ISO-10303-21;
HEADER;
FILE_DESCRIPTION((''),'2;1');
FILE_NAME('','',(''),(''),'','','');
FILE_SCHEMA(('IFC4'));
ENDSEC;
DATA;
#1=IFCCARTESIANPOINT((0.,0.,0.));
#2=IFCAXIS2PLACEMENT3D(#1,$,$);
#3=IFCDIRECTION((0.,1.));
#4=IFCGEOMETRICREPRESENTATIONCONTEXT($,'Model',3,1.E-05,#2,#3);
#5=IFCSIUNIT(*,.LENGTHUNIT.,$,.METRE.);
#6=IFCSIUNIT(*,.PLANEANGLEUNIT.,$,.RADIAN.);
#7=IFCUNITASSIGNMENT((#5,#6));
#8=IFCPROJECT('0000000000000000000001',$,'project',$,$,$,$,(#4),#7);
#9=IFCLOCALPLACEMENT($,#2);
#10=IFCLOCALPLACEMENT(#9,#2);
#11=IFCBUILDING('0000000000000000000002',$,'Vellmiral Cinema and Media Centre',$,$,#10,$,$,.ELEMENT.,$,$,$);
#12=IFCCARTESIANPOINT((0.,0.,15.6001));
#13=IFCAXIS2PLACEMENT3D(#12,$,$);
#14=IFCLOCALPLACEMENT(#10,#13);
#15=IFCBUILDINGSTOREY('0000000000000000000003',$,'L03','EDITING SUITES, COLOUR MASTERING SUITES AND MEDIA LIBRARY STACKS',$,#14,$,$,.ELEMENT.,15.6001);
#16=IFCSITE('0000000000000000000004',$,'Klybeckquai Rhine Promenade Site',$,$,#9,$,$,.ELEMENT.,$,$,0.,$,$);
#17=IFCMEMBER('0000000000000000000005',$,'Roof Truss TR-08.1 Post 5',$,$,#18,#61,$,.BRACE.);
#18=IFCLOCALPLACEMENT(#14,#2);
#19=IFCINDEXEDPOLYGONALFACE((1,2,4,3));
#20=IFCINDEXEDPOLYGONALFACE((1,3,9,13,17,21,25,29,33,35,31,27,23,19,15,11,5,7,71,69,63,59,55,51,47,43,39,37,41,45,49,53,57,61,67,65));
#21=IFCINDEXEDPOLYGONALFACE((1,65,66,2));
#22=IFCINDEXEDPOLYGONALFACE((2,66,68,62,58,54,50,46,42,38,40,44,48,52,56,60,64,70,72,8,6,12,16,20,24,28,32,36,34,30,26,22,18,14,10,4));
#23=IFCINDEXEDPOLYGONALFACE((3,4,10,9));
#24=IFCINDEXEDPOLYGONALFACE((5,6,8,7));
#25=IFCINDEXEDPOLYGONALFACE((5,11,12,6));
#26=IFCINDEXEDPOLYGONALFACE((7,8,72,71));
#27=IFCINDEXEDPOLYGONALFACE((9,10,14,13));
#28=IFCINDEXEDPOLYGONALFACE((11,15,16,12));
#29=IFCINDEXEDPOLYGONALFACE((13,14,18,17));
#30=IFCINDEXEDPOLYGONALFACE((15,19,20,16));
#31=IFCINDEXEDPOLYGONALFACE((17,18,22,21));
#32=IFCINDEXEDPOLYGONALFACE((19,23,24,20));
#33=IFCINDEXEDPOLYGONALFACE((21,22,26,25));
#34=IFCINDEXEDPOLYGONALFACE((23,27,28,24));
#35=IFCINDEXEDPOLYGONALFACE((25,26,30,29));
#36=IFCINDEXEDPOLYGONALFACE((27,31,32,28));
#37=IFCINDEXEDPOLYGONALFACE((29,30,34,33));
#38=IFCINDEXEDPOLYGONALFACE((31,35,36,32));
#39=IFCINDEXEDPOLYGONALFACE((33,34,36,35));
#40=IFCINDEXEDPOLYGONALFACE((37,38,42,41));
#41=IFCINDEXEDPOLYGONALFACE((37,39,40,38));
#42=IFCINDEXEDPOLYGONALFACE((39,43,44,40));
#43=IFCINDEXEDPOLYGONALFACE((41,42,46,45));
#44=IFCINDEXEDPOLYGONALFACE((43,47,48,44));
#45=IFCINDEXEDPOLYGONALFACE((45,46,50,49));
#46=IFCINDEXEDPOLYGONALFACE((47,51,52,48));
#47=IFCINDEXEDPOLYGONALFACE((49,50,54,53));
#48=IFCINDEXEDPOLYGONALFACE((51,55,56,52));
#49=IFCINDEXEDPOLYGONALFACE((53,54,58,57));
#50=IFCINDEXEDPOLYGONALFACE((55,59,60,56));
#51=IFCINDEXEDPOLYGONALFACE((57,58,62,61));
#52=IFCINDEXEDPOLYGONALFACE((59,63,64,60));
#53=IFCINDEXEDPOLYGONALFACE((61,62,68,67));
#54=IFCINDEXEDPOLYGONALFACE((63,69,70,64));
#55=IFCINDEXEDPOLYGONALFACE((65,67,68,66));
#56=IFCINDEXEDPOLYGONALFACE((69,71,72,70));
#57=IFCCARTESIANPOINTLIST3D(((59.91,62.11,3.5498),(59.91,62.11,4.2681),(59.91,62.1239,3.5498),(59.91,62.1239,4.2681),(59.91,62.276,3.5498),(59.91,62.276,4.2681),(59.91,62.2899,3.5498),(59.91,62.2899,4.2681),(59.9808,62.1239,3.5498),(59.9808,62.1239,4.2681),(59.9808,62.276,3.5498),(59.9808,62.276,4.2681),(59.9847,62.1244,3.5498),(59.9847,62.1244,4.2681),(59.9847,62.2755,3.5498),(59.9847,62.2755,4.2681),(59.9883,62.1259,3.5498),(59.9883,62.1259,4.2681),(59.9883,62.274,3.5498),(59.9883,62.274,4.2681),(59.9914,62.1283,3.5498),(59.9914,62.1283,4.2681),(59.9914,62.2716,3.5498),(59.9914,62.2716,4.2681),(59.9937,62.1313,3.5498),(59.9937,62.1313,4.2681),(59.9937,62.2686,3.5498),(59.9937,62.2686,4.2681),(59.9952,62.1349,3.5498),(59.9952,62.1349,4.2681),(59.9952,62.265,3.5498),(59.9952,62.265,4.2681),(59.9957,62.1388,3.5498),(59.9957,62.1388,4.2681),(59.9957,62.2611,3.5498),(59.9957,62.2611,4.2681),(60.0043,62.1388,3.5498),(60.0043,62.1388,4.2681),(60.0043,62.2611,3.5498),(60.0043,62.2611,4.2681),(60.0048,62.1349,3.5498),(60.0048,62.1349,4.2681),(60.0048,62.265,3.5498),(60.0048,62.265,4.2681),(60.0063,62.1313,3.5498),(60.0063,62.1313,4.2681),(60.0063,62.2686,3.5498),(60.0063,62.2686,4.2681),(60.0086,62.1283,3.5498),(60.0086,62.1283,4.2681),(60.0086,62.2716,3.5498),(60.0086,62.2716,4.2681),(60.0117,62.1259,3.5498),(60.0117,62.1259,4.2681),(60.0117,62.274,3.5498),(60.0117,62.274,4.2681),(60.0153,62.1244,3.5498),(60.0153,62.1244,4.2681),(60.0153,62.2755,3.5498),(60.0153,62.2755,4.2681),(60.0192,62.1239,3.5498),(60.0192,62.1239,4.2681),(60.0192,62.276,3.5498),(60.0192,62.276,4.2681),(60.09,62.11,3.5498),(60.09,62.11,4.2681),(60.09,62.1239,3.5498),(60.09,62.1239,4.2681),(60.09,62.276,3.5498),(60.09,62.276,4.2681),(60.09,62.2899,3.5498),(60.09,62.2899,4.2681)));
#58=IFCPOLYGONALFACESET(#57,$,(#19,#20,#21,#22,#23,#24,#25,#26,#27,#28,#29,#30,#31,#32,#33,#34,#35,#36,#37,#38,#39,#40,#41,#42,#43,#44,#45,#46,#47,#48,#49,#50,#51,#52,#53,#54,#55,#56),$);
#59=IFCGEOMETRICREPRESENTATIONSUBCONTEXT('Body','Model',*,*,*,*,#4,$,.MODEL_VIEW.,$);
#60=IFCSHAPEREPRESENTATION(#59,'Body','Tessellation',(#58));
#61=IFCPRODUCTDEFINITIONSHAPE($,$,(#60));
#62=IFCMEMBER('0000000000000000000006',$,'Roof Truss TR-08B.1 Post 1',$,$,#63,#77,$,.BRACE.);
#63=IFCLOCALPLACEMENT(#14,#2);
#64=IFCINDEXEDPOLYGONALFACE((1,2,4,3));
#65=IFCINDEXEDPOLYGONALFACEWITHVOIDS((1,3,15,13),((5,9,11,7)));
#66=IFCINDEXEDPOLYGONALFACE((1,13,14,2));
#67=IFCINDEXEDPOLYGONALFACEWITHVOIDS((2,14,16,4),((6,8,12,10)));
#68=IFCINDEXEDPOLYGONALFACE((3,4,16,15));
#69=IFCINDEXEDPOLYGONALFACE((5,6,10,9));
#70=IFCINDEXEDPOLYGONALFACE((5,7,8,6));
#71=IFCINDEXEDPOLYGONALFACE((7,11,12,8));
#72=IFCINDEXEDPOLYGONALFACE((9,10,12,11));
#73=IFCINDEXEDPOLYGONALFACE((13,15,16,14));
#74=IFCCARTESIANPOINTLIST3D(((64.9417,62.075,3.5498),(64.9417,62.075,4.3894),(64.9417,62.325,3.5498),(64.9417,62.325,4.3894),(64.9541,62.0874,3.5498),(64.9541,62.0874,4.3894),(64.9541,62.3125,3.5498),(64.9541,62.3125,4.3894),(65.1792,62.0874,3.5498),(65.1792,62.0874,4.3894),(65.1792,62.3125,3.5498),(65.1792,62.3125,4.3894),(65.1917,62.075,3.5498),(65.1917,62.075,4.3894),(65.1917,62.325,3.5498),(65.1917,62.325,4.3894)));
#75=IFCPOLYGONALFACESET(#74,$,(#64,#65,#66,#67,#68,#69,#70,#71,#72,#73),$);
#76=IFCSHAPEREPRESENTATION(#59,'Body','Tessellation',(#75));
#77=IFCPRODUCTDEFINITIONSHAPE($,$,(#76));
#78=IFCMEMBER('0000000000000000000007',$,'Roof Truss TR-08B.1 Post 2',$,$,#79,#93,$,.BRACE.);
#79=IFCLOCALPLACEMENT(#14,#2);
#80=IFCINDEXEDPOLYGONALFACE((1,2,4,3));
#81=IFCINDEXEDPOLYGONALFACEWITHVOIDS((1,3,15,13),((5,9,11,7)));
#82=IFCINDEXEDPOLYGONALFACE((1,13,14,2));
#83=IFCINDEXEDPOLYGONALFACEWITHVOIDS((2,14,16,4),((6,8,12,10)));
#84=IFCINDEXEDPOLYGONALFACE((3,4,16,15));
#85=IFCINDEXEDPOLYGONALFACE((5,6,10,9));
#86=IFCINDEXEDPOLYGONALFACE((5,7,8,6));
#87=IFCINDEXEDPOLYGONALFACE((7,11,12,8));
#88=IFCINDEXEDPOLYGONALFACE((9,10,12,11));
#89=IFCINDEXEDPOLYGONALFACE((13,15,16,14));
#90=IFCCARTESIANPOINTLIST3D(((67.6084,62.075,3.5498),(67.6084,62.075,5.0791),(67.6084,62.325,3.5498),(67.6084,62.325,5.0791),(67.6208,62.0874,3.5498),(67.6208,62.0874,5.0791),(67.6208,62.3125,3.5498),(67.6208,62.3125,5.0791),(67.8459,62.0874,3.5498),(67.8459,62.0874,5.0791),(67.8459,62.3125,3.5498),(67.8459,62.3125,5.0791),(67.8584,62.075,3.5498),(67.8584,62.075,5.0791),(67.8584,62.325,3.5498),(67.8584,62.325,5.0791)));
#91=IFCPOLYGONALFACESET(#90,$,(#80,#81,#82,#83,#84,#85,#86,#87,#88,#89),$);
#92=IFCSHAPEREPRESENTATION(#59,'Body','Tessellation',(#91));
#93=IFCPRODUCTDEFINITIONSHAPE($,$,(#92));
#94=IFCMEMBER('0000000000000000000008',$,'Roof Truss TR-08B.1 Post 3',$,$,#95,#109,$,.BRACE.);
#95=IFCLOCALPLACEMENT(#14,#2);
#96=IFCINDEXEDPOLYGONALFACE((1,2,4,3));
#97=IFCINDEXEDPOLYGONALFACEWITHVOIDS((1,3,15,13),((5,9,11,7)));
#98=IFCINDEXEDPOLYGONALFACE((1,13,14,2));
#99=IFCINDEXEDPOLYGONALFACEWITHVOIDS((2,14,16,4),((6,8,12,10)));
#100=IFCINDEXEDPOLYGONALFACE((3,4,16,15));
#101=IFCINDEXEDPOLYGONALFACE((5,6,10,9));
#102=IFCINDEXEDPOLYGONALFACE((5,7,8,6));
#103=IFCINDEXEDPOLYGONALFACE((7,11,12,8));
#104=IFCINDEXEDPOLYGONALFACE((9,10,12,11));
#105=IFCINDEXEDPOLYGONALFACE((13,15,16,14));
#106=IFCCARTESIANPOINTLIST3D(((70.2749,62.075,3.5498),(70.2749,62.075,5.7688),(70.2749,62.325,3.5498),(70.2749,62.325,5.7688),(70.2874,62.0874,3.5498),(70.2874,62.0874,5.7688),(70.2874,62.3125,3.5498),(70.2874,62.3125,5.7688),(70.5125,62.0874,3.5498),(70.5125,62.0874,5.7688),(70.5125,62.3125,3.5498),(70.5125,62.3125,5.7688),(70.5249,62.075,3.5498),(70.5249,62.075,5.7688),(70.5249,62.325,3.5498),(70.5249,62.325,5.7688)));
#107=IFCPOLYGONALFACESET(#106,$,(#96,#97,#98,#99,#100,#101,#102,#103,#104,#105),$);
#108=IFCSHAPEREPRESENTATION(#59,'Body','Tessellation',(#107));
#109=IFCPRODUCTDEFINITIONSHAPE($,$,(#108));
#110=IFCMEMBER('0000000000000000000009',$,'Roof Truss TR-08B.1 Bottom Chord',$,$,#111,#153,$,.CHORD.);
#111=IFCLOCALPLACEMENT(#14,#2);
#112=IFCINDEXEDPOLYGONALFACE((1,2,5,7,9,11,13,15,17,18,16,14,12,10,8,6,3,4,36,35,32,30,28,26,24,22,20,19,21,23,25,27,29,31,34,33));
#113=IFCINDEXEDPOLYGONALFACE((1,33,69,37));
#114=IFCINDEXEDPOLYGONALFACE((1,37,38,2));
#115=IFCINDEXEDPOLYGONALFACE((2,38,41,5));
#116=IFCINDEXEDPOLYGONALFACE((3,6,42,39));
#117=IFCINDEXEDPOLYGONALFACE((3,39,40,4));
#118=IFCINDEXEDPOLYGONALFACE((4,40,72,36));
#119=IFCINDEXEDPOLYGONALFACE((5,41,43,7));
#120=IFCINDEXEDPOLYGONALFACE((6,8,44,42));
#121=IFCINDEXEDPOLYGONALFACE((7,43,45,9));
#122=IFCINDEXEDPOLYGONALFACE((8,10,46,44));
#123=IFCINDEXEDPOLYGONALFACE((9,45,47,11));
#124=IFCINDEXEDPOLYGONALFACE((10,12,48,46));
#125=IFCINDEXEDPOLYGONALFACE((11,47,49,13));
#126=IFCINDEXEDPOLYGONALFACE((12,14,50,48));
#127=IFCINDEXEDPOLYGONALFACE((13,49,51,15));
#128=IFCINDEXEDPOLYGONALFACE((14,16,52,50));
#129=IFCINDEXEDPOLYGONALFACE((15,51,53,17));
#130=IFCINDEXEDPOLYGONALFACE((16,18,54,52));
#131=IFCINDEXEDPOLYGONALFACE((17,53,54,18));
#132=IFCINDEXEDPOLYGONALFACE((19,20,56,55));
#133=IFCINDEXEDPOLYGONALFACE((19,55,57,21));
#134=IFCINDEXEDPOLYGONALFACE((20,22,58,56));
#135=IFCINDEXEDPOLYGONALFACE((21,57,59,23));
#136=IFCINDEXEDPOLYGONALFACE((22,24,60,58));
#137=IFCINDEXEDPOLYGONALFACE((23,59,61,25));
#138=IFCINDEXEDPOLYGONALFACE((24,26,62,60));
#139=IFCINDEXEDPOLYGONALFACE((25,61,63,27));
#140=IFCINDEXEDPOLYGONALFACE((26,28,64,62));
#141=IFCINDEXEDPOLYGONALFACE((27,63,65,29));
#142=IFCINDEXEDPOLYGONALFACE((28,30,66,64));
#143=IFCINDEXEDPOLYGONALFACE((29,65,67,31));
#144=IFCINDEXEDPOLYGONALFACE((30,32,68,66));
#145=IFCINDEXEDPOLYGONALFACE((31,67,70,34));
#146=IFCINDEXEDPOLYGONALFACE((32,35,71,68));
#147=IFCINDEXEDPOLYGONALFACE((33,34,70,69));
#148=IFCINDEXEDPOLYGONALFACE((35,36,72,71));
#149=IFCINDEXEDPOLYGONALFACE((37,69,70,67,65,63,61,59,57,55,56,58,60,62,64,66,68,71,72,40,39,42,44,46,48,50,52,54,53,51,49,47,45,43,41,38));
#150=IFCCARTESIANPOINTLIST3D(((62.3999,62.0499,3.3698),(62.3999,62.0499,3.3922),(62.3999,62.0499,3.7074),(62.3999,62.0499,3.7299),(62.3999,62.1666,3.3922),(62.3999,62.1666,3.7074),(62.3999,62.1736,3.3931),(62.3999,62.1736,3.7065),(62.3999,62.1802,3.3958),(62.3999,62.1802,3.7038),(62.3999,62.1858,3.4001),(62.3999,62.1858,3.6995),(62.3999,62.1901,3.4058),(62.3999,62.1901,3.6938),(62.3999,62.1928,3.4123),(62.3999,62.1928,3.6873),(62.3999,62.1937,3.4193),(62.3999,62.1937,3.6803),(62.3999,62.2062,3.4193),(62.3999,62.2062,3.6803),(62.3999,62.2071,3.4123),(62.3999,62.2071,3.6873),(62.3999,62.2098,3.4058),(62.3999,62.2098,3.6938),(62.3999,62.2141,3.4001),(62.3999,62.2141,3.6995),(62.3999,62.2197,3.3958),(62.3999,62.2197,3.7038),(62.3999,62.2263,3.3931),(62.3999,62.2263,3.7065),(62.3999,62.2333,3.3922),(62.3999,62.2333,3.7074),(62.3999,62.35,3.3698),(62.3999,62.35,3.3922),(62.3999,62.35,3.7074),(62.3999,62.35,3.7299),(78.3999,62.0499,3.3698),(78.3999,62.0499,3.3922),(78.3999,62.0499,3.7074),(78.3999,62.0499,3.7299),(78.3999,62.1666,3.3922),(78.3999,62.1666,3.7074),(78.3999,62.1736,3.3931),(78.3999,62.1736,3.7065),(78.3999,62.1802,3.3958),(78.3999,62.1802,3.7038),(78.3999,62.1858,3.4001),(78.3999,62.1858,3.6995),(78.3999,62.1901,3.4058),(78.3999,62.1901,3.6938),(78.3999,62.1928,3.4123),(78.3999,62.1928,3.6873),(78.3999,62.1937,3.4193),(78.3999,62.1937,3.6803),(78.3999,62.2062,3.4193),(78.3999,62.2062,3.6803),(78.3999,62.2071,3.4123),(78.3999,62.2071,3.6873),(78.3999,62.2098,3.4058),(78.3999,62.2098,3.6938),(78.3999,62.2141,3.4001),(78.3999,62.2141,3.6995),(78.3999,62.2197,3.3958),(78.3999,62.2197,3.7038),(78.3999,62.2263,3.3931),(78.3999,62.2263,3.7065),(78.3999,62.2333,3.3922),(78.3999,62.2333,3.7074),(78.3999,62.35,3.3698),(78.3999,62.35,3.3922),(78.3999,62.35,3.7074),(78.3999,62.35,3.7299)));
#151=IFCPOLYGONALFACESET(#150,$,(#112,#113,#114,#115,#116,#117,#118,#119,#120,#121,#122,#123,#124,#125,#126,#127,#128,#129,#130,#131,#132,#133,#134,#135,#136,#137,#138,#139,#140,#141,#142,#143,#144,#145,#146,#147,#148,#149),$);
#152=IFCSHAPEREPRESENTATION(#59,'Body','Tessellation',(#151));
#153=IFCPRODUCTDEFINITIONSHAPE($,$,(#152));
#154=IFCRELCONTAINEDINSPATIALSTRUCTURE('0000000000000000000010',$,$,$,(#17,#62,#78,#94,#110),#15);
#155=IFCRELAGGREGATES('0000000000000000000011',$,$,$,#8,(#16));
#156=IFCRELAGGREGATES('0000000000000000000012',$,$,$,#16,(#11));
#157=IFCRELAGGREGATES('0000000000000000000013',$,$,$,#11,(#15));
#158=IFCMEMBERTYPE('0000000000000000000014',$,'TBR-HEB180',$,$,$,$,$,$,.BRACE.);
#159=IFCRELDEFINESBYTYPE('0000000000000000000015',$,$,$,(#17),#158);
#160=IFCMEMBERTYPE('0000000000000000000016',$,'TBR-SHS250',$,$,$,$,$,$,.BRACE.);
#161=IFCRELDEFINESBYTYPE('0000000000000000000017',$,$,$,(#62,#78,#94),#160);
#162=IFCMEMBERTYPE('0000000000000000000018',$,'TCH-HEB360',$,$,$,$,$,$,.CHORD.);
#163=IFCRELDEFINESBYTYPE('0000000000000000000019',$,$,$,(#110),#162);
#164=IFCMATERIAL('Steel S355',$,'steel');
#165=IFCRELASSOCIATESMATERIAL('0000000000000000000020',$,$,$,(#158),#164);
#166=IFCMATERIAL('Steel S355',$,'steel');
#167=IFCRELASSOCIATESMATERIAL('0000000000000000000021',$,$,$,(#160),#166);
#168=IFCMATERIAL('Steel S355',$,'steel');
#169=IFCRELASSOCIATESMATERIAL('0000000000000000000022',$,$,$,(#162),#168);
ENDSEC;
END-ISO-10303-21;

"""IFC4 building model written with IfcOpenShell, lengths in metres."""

from ifc_helpers import new_model, si_unit, direction, frame, origin, origin_2d, place, context, subcontext, project, spatial, hollow_rectangle, i_section, extrude, material, material_profile, profile_set, type_object, element, save


model = new_model("IFC4")

# Units and contexts
model_context = context("Model", 3, precision=1e-05, world=origin(), true_north=direction((0.0, 1.0)))
body_context = subcontext(model_context, "Body", "Model", "MODEL_VIEW")
ifc_project = project(units=[si_unit("LENGTHUNIT", "METRE"), si_unit("PLANEANGLEUNIT", "RADIAN")], contexts=[model_context])

# Site, building, storey
site_placement = place(None, origin())
site = spatial("IfcSite", under=ifc_project, at=site_placement, Name="Klybeckquai Rhine Promenade Site", CompositionType="ELEMENT", RefElevation=0.0)
building_placement = place(site_placement, origin())
building = spatial("IfcBuilding", under=site, at=building_placement, Name="Vellmiral Cinema and Media Centre", CompositionType="ELEMENT")
storey_placement = place(building_placement, frame((0.0, 0.0, 15.6001)))
storey = spatial("IfcBuildingStorey", under=building, at=storey_placement, Name="L03", Description="EDITING SUITES, COLOUR MASTERING SUITES AND MEDIA LIBRARY STACKS", CompositionType="ELEMENT", Elevation=15.6001)

# Members
ifc_material_1 = material(Name="Steel S355", Category="steel")
ifc_material_profile_1 = material_profile(ifc_material_1, i_section(OverallWidth=0.1799, OverallDepth=0.1799, WebThickness=0.0085, FlangeThickness=0.0139, FilletRadius=0.0149, at=origin_2d()), Name="HEB 180")
ifc_profile_set_1 = profile_set([ifc_material_profile_1], Name="Steel S355")
member_type_1 = type_object("IfcMemberType", Name="TBR-HEB180", PredefinedType="BRACE", material=ifc_profile_set_1)
member_1_placement = place(storey_placement, frame((60.0, 62.2, 3.5498), z_axis=(0.0, 0.0, 1.0), x_axis=(1.0, 0.0, 0.0)))
element("IfcMember", 1, at=member_1_placement, inside=storey, type_object=member_type_1, Name="Roof Truss TR-08.1 Post 5", PredefinedType="BRACE", context=body_context, shape_type="SweptSolid", body=[
    extrude(i_section(OverallWidth=0.1799, OverallDepth=0.1799, WebThickness=0.0085, FlangeThickness=0.0139, FilletRadius=0.0149, at=origin_2d()), origin(), (0.0, 0.0, 1.0), 0.7183),
])
ifc_material_2 = material(Name="Steel S355", Category="steel")
ifc_material_profile_2 = material_profile(ifc_material_2, hollow_rectangle(XDim=0.25, YDim=0.25, WallThickness=0.0125, at=origin_2d()), Name="SHS 250x250x12.5")
ifc_profile_set_2 = profile_set([ifc_material_profile_2], Name="Steel S355")
member_type_2 = type_object("IfcMemberType", Name="TBR-SHS250", PredefinedType="BRACE", material=ifc_profile_set_2)
member_2_placement = place(storey_placement, frame((65.0667, 62.2, 3.5498), z_axis=(0.0, 0.0, 1.0), x_axis=(1.0, 0.0, 0.0)))
element("IfcMember", 2, at=member_2_placement, inside=storey, type_object=member_type_2, Name="Roof Truss TR-08B.1 Post 1", PredefinedType="BRACE", context=body_context, shape_type="SweptSolid", body=[
    extrude(hollow_rectangle(XDim=0.25, YDim=0.25, WallThickness=0.0125, at=origin_2d()), origin(), (0.0, 0.0, 1.0), 0.8396),
])
member_3_placement = place(storey_placement, frame((67.7334, 62.2, 3.5498), z_axis=(0.0, 0.0, 1.0), x_axis=(1.0, 0.0, 0.0)))
element("IfcMember", 3, at=member_3_placement, inside=storey, type_object=member_type_2, Name="Roof Truss TR-08B.1 Post 2", PredefinedType="BRACE", context=body_context, shape_type="SweptSolid", body=[
    extrude(hollow_rectangle(XDim=0.25, YDim=0.25, WallThickness=0.0125, at=origin_2d()), origin(), (0.0, 0.0, 1.0), 1.5293),
])
member_4_placement = place(storey_placement, frame((70.3999, 62.2, 3.5498), z_axis=(0.0, 0.0, 1.0), x_axis=(1.0, 0.0, 0.0)))
element("IfcMember", 4, at=member_4_placement, inside=storey, type_object=member_type_2, Name="Roof Truss TR-08B.1 Post 3", PredefinedType="BRACE", context=body_context, shape_type="SweptSolid", body=[
    extrude(hollow_rectangle(XDim=0.25, YDim=0.25, WallThickness=0.0125, at=origin_2d()), origin(), (0.0, 0.0, 1.0), 2.219),
])
ifc_material_3 = material(Name="Steel S355", Category="steel")
ifc_material_profile_3 = material_profile(ifc_material_3, i_section(OverallWidth=0.3, OverallDepth=0.3601, WebThickness=0.0125, FlangeThickness=0.0225, FilletRadius=0.0271, at=origin_2d()), Name="HEB 360")
ifc_profile_set_3 = profile_set([ifc_material_profile_3], Name="Steel S355")
member_type_3 = type_object("IfcMemberType", Name="TCH-HEB360", PredefinedType="CHORD", material=ifc_profile_set_3)
member_5_placement = place(storey_placement, frame((62.3999, 62.2, 3.5498), z_axis=(1.0, 0.0, 0.0), x_axis=(0.0, 1.0, 0.0)))
element("IfcMember", 5, at=member_5_placement, inside=storey, type_object=member_type_3, Name="Roof Truss TR-08B.1 Bottom Chord", PredefinedType="CHORD", context=body_context, shape_type="SweptSolid", body=[
    extrude(i_section(OverallWidth=0.3, OverallDepth=0.3601, WebThickness=0.0125, FlangeThickness=0.0225, FilletRadius=0.0271, at=origin_2d()), origin(), (0.0, 0.0, 1.0), 16.0),
])

save(model, "model.ifc")
